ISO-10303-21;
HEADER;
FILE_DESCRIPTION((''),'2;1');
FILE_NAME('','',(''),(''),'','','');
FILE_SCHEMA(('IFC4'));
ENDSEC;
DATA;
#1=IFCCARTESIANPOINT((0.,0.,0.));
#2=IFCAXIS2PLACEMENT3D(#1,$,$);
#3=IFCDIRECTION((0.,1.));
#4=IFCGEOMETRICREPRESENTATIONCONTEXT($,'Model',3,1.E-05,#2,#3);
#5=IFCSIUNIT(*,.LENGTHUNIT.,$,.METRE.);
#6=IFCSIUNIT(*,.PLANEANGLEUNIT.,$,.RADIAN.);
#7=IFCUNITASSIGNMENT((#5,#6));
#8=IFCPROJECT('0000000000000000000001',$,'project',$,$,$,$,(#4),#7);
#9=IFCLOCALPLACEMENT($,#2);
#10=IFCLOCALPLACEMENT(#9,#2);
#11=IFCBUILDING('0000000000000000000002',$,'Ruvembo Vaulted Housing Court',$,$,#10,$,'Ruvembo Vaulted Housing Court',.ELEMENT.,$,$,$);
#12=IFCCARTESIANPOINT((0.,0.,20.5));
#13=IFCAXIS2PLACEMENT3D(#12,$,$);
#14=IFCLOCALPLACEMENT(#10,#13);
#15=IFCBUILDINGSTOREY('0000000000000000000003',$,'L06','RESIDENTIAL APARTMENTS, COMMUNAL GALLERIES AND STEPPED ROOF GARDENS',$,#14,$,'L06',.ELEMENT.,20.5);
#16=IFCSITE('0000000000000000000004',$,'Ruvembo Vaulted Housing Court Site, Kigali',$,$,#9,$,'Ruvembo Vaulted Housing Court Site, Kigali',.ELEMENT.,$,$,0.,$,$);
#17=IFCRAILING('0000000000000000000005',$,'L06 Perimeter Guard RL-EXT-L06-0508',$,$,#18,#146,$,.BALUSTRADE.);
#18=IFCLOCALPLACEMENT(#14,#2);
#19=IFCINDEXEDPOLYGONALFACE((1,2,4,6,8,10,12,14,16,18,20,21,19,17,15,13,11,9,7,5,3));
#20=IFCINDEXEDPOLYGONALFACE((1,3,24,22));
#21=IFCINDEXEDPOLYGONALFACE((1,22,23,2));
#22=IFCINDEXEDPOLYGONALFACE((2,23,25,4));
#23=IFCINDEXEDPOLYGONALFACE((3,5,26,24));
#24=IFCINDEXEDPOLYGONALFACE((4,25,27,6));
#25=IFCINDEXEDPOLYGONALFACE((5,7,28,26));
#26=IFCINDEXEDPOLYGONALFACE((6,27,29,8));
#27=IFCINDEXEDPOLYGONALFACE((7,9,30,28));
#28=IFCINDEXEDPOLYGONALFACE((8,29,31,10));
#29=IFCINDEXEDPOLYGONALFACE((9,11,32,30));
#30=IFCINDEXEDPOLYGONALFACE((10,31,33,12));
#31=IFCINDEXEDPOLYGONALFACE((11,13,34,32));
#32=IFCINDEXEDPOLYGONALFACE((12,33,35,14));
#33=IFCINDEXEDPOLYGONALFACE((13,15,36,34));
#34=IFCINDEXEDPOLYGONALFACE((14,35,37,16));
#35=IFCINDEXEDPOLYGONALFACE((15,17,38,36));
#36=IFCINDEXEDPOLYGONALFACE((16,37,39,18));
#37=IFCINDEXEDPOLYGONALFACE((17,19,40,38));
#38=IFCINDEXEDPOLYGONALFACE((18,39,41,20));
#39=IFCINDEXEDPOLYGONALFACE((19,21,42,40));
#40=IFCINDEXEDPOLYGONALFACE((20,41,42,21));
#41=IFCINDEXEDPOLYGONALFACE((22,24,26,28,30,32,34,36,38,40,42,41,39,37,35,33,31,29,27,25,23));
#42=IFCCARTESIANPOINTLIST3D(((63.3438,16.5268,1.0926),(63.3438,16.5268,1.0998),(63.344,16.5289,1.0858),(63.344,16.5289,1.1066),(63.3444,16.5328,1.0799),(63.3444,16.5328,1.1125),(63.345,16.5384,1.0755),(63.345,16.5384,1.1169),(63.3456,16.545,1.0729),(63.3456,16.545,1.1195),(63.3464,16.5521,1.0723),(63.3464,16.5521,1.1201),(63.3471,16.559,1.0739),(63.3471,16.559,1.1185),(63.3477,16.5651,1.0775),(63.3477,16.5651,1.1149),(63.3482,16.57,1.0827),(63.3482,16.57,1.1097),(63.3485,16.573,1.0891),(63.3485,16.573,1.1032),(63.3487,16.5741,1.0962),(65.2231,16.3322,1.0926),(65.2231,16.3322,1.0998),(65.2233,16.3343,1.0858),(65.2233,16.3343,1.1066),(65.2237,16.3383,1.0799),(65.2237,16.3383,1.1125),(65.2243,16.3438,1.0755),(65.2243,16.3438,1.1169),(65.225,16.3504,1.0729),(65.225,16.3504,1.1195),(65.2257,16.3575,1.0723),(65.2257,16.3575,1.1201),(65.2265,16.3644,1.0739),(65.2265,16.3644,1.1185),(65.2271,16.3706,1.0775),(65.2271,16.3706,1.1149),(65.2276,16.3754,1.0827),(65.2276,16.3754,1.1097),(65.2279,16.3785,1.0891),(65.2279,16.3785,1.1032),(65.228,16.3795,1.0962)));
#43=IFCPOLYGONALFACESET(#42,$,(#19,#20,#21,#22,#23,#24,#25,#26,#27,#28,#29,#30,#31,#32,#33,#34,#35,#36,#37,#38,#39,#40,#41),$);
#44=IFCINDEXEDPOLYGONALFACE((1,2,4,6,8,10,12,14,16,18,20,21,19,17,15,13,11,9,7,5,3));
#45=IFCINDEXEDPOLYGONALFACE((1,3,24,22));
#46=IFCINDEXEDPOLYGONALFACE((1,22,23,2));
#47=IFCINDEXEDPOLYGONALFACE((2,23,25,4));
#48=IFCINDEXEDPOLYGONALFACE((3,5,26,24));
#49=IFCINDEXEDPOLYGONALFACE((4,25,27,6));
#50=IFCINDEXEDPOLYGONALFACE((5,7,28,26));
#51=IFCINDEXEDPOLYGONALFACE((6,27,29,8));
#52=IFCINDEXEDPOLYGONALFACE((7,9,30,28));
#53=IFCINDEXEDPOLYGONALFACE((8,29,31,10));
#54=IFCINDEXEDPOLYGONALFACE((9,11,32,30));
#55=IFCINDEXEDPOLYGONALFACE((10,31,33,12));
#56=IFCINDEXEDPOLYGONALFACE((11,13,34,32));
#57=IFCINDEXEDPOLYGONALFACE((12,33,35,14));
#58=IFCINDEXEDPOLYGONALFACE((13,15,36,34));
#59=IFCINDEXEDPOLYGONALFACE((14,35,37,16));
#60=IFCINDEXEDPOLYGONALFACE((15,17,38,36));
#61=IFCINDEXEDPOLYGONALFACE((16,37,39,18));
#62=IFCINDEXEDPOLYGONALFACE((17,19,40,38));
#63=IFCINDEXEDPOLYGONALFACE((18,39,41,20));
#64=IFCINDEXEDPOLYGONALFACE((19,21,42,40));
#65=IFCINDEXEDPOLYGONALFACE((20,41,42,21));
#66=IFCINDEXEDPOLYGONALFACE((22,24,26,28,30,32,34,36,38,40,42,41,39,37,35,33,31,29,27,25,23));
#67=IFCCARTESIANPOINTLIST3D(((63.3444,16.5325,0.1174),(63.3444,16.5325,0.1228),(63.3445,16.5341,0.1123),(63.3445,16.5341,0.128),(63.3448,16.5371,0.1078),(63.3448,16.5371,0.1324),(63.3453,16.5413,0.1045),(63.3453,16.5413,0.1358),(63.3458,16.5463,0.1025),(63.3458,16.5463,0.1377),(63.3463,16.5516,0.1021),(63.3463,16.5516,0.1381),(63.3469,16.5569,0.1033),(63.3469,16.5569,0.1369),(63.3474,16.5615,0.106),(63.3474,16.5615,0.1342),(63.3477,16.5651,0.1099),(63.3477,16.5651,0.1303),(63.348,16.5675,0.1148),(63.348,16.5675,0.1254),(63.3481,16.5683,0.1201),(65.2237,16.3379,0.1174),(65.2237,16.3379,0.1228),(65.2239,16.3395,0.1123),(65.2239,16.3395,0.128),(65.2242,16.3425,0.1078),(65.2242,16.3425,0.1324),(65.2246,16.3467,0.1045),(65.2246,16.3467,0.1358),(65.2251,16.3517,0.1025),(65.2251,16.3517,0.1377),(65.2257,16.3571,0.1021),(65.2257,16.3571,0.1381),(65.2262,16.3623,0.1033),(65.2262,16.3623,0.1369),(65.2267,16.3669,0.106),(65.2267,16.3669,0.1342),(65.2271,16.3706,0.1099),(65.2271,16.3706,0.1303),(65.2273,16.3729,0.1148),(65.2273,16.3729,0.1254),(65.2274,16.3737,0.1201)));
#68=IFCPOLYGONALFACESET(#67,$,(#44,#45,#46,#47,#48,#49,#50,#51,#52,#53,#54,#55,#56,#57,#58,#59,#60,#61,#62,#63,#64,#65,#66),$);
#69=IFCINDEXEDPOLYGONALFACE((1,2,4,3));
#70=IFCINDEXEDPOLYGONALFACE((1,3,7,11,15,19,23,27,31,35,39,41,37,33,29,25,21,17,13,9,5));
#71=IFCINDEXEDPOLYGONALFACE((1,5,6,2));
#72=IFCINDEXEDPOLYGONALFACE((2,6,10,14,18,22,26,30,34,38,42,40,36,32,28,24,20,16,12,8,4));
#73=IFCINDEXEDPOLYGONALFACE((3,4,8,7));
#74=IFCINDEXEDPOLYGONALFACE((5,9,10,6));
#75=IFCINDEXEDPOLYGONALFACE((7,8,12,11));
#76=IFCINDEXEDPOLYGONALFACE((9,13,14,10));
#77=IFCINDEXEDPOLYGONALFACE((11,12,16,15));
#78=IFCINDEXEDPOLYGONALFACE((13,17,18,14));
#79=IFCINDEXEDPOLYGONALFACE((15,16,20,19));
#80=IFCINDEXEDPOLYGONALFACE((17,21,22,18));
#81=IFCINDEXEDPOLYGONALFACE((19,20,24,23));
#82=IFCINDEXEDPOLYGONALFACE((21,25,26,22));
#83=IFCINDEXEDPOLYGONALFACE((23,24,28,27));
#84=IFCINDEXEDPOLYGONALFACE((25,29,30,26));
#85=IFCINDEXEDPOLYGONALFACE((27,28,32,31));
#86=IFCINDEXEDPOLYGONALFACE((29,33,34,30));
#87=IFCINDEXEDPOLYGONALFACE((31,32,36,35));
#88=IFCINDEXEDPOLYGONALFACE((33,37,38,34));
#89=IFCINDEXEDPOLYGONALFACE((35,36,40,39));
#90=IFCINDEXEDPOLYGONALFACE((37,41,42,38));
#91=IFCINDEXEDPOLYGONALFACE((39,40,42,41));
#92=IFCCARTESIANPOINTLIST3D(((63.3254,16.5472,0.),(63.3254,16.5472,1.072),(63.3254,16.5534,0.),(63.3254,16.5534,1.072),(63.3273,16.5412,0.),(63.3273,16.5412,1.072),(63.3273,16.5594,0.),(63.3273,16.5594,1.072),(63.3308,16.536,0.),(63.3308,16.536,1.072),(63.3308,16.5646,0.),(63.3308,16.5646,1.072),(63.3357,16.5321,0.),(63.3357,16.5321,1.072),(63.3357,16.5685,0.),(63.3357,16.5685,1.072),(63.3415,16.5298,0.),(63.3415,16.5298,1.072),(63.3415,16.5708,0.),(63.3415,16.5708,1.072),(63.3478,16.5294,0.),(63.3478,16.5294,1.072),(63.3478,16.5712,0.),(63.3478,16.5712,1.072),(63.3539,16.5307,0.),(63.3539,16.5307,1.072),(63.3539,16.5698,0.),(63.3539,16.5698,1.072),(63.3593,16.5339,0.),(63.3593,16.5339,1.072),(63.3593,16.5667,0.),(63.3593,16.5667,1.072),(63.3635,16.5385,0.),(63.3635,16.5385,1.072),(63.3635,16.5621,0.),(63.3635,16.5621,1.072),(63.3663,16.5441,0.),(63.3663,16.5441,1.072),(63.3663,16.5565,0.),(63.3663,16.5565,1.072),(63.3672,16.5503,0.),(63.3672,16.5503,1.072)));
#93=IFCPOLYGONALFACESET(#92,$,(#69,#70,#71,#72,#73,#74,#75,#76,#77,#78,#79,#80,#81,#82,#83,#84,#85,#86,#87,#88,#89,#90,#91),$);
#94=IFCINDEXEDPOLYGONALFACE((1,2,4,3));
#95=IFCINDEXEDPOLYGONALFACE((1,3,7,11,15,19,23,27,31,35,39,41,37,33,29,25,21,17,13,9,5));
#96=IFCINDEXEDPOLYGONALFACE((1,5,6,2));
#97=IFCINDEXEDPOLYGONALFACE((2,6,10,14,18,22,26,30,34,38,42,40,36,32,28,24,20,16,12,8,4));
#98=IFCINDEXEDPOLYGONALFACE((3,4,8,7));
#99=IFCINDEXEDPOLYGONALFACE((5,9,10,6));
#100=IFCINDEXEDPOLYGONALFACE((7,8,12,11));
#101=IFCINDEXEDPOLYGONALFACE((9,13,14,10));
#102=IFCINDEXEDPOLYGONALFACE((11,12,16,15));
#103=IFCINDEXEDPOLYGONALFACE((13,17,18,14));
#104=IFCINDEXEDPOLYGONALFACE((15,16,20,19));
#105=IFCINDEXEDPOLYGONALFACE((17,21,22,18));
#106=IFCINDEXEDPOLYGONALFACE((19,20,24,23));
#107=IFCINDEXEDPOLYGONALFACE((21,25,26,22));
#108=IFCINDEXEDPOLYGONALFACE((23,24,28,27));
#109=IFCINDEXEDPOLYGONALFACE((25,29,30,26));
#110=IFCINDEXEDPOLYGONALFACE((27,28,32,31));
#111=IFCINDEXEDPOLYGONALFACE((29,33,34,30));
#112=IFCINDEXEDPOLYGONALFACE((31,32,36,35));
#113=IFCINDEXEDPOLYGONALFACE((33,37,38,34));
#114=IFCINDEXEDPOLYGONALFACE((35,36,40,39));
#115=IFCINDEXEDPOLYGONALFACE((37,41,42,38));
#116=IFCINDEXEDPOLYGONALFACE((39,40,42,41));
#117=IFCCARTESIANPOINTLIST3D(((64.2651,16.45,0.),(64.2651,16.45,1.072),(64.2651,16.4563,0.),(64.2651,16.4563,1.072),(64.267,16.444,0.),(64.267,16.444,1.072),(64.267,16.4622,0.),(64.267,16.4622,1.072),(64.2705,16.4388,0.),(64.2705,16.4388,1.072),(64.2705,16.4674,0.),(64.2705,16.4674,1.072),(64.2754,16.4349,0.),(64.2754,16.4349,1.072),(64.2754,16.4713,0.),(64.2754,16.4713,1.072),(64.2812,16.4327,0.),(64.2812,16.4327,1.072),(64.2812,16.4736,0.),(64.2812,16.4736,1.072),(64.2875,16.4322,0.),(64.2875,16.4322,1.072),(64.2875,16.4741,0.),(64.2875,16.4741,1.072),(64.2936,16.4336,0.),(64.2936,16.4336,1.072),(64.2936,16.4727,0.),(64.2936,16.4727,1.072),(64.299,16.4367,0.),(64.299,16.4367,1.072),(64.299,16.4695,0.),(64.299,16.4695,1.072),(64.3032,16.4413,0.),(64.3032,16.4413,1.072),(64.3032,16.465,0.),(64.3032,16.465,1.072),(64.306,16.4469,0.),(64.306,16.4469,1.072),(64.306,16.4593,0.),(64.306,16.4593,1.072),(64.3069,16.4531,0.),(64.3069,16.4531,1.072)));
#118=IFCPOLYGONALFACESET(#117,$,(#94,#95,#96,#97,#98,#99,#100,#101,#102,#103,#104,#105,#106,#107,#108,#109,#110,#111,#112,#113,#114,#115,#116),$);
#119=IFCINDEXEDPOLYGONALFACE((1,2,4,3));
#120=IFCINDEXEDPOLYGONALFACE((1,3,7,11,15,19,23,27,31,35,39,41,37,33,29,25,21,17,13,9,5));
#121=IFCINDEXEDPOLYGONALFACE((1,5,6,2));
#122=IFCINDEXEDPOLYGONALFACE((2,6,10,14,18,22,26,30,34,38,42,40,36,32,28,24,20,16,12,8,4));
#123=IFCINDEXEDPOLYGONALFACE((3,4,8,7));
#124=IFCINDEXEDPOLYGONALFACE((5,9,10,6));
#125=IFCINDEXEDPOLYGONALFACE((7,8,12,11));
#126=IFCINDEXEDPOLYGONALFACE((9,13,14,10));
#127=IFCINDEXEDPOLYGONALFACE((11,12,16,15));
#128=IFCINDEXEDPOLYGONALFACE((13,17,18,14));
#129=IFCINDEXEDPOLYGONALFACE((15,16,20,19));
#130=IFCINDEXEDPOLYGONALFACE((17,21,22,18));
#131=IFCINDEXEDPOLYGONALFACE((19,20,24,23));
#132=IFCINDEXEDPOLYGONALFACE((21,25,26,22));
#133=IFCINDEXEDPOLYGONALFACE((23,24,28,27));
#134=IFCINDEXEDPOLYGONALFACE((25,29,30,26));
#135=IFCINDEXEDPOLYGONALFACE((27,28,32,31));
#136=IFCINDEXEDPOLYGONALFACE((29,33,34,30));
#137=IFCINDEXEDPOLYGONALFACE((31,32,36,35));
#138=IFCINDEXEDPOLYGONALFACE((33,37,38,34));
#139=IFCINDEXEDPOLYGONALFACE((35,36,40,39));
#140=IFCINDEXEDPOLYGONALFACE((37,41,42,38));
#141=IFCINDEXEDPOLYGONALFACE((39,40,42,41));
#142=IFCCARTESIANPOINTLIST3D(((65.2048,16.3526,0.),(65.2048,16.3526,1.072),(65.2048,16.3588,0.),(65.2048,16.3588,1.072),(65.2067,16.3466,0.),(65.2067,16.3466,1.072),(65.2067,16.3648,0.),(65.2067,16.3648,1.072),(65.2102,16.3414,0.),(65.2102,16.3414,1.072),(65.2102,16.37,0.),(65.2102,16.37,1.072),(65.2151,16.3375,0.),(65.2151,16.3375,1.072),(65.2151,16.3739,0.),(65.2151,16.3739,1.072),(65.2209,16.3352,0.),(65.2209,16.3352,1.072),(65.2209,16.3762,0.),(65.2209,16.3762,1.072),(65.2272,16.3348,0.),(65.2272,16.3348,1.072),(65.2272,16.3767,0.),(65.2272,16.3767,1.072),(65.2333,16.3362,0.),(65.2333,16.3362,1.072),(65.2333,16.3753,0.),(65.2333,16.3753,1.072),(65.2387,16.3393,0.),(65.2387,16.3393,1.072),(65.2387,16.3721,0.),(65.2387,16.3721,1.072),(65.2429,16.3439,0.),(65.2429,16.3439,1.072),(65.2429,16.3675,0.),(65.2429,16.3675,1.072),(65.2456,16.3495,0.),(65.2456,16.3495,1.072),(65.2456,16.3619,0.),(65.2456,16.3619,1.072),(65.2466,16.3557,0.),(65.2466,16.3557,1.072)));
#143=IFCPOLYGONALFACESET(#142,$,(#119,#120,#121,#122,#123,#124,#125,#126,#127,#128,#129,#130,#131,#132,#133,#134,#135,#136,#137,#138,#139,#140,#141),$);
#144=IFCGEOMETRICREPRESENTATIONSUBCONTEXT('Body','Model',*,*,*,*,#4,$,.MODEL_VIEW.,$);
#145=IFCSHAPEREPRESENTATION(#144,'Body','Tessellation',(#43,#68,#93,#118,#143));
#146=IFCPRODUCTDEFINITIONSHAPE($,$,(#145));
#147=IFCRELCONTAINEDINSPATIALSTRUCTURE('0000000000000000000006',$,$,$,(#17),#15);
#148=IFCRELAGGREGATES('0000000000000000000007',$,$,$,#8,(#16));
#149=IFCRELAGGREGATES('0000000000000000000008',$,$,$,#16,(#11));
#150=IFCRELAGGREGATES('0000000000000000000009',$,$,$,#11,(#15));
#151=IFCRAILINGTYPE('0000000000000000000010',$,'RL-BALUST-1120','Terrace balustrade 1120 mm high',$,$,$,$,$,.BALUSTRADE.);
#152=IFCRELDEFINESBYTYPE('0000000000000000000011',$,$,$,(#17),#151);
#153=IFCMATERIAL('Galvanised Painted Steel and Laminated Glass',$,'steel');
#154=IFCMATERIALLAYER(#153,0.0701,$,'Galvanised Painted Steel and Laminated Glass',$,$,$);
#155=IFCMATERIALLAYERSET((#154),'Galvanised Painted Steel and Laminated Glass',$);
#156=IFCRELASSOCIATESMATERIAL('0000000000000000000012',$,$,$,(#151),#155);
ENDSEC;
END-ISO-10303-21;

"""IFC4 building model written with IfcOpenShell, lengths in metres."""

from ifc_helpers import new_model, si_unit, direction, frame, origin, origin_2d, place, context, subcontext, project, spatial, circle, extrude, material, layer, layer_set, type_object, element, save


model = new_model("IFC4")

# Units and contexts
model_context = context("Model", 3, precision=1e-05, world=origin(), true_north=direction((0.0, 1.0)))
body_context = subcontext(model_context, "Body", "Model", "MODEL_VIEW")
ifc_project = project(units=[si_unit("LENGTHUNIT", "METRE"), si_unit("PLANEANGLEUNIT", "RADIAN")], contexts=[model_context])

# Site, building, storey
site_placement = place(None, origin())
site = spatial("IfcSite", under=ifc_project, at=site_placement, Name="Ruvembo Vaulted Housing Court Site, Kigali", LongName="Ruvembo Vaulted Housing Court Site, Kigali", CompositionType="ELEMENT", RefElevation=0.0)
building_placement = place(site_placement, origin())
building = spatial("IfcBuilding", under=site, at=building_placement, Name="Ruvembo Vaulted Housing Court", LongName="Ruvembo Vaulted Housing Court", CompositionType="ELEMENT")
storey_placement = place(building_placement, frame((0.0, 0.0, 20.5)))
storey = spatial("IfcBuildingStorey", under=building, at=storey_placement, Name="L06", Description="RESIDENTIAL APARTMENTS, COMMUNAL GALLERIES AND STEPPED ROOF GARDENS", LongName="L06", CompositionType="ELEMENT", Elevation=20.5)

# Railing
ifc_material_1 = material(Name="Galvanised Painted Steel and Laminated Glass", Category="steel")
ifc_layer = layer(ifc_material_1, 0.0701, Name="Galvanised Painted Steel and Laminated Glass")
ifc_layer_set = layer_set([ifc_layer], Name="Galvanised Painted Steel and Laminated Glass")
railing_type = type_object("IfcRailingType", Name="RL-BALUST-1120", Description="Terrace balustrade 1120 mm high", PredefinedType="BALUSTRADE", material=ifc_layer_set)
railing_1_placement = place(storey_placement, frame((63.3462, 16.5503, 0.0)))
element("IfcRailing", 1, at=railing_1_placement, inside=storey, type_object=railing_type, Name="L06 Perimeter Guard RL-EXT-L06-0508", PredefinedType="BALUSTRADE", context=body_context, shape_type="SweptSolid", body=[
    extrude(circle(Radius=0.0239, at=origin_2d()), frame((0.0, 0.0, 1.0962), z_axis=(0.994683, -0.102983, 0.0), x_axis=(0.102983, 0.994683, 0.0)), (0.0, 0.0, 1.0), 1.8894),
    extrude(circle(Radius=0.0181, at=origin_2d()), frame((0.0, 0.0, 0.1201), z_axis=(0.994683, -0.102983, 0.0), x_axis=(0.102983, 0.994683, 0.0)), (0.0, 0.0, 1.0), 1.8894),
    extrude(circle(Radius=0.021, at=origin_2d()), origin(), (0.0, 0.0, 1.0), 1.072),
    extrude(circle(Radius=0.021, at=origin_2d()), frame((0.9397, -0.0972, 0.0)), (0.0, 0.0, 1.0), 1.072),
    extrude(circle(Radius=0.021, at=origin_2d()), frame((1.8794, -0.1946, 0.0)), (0.0, 0.0, 1.0), 1.072),
])

save(model, "model.ifc")
